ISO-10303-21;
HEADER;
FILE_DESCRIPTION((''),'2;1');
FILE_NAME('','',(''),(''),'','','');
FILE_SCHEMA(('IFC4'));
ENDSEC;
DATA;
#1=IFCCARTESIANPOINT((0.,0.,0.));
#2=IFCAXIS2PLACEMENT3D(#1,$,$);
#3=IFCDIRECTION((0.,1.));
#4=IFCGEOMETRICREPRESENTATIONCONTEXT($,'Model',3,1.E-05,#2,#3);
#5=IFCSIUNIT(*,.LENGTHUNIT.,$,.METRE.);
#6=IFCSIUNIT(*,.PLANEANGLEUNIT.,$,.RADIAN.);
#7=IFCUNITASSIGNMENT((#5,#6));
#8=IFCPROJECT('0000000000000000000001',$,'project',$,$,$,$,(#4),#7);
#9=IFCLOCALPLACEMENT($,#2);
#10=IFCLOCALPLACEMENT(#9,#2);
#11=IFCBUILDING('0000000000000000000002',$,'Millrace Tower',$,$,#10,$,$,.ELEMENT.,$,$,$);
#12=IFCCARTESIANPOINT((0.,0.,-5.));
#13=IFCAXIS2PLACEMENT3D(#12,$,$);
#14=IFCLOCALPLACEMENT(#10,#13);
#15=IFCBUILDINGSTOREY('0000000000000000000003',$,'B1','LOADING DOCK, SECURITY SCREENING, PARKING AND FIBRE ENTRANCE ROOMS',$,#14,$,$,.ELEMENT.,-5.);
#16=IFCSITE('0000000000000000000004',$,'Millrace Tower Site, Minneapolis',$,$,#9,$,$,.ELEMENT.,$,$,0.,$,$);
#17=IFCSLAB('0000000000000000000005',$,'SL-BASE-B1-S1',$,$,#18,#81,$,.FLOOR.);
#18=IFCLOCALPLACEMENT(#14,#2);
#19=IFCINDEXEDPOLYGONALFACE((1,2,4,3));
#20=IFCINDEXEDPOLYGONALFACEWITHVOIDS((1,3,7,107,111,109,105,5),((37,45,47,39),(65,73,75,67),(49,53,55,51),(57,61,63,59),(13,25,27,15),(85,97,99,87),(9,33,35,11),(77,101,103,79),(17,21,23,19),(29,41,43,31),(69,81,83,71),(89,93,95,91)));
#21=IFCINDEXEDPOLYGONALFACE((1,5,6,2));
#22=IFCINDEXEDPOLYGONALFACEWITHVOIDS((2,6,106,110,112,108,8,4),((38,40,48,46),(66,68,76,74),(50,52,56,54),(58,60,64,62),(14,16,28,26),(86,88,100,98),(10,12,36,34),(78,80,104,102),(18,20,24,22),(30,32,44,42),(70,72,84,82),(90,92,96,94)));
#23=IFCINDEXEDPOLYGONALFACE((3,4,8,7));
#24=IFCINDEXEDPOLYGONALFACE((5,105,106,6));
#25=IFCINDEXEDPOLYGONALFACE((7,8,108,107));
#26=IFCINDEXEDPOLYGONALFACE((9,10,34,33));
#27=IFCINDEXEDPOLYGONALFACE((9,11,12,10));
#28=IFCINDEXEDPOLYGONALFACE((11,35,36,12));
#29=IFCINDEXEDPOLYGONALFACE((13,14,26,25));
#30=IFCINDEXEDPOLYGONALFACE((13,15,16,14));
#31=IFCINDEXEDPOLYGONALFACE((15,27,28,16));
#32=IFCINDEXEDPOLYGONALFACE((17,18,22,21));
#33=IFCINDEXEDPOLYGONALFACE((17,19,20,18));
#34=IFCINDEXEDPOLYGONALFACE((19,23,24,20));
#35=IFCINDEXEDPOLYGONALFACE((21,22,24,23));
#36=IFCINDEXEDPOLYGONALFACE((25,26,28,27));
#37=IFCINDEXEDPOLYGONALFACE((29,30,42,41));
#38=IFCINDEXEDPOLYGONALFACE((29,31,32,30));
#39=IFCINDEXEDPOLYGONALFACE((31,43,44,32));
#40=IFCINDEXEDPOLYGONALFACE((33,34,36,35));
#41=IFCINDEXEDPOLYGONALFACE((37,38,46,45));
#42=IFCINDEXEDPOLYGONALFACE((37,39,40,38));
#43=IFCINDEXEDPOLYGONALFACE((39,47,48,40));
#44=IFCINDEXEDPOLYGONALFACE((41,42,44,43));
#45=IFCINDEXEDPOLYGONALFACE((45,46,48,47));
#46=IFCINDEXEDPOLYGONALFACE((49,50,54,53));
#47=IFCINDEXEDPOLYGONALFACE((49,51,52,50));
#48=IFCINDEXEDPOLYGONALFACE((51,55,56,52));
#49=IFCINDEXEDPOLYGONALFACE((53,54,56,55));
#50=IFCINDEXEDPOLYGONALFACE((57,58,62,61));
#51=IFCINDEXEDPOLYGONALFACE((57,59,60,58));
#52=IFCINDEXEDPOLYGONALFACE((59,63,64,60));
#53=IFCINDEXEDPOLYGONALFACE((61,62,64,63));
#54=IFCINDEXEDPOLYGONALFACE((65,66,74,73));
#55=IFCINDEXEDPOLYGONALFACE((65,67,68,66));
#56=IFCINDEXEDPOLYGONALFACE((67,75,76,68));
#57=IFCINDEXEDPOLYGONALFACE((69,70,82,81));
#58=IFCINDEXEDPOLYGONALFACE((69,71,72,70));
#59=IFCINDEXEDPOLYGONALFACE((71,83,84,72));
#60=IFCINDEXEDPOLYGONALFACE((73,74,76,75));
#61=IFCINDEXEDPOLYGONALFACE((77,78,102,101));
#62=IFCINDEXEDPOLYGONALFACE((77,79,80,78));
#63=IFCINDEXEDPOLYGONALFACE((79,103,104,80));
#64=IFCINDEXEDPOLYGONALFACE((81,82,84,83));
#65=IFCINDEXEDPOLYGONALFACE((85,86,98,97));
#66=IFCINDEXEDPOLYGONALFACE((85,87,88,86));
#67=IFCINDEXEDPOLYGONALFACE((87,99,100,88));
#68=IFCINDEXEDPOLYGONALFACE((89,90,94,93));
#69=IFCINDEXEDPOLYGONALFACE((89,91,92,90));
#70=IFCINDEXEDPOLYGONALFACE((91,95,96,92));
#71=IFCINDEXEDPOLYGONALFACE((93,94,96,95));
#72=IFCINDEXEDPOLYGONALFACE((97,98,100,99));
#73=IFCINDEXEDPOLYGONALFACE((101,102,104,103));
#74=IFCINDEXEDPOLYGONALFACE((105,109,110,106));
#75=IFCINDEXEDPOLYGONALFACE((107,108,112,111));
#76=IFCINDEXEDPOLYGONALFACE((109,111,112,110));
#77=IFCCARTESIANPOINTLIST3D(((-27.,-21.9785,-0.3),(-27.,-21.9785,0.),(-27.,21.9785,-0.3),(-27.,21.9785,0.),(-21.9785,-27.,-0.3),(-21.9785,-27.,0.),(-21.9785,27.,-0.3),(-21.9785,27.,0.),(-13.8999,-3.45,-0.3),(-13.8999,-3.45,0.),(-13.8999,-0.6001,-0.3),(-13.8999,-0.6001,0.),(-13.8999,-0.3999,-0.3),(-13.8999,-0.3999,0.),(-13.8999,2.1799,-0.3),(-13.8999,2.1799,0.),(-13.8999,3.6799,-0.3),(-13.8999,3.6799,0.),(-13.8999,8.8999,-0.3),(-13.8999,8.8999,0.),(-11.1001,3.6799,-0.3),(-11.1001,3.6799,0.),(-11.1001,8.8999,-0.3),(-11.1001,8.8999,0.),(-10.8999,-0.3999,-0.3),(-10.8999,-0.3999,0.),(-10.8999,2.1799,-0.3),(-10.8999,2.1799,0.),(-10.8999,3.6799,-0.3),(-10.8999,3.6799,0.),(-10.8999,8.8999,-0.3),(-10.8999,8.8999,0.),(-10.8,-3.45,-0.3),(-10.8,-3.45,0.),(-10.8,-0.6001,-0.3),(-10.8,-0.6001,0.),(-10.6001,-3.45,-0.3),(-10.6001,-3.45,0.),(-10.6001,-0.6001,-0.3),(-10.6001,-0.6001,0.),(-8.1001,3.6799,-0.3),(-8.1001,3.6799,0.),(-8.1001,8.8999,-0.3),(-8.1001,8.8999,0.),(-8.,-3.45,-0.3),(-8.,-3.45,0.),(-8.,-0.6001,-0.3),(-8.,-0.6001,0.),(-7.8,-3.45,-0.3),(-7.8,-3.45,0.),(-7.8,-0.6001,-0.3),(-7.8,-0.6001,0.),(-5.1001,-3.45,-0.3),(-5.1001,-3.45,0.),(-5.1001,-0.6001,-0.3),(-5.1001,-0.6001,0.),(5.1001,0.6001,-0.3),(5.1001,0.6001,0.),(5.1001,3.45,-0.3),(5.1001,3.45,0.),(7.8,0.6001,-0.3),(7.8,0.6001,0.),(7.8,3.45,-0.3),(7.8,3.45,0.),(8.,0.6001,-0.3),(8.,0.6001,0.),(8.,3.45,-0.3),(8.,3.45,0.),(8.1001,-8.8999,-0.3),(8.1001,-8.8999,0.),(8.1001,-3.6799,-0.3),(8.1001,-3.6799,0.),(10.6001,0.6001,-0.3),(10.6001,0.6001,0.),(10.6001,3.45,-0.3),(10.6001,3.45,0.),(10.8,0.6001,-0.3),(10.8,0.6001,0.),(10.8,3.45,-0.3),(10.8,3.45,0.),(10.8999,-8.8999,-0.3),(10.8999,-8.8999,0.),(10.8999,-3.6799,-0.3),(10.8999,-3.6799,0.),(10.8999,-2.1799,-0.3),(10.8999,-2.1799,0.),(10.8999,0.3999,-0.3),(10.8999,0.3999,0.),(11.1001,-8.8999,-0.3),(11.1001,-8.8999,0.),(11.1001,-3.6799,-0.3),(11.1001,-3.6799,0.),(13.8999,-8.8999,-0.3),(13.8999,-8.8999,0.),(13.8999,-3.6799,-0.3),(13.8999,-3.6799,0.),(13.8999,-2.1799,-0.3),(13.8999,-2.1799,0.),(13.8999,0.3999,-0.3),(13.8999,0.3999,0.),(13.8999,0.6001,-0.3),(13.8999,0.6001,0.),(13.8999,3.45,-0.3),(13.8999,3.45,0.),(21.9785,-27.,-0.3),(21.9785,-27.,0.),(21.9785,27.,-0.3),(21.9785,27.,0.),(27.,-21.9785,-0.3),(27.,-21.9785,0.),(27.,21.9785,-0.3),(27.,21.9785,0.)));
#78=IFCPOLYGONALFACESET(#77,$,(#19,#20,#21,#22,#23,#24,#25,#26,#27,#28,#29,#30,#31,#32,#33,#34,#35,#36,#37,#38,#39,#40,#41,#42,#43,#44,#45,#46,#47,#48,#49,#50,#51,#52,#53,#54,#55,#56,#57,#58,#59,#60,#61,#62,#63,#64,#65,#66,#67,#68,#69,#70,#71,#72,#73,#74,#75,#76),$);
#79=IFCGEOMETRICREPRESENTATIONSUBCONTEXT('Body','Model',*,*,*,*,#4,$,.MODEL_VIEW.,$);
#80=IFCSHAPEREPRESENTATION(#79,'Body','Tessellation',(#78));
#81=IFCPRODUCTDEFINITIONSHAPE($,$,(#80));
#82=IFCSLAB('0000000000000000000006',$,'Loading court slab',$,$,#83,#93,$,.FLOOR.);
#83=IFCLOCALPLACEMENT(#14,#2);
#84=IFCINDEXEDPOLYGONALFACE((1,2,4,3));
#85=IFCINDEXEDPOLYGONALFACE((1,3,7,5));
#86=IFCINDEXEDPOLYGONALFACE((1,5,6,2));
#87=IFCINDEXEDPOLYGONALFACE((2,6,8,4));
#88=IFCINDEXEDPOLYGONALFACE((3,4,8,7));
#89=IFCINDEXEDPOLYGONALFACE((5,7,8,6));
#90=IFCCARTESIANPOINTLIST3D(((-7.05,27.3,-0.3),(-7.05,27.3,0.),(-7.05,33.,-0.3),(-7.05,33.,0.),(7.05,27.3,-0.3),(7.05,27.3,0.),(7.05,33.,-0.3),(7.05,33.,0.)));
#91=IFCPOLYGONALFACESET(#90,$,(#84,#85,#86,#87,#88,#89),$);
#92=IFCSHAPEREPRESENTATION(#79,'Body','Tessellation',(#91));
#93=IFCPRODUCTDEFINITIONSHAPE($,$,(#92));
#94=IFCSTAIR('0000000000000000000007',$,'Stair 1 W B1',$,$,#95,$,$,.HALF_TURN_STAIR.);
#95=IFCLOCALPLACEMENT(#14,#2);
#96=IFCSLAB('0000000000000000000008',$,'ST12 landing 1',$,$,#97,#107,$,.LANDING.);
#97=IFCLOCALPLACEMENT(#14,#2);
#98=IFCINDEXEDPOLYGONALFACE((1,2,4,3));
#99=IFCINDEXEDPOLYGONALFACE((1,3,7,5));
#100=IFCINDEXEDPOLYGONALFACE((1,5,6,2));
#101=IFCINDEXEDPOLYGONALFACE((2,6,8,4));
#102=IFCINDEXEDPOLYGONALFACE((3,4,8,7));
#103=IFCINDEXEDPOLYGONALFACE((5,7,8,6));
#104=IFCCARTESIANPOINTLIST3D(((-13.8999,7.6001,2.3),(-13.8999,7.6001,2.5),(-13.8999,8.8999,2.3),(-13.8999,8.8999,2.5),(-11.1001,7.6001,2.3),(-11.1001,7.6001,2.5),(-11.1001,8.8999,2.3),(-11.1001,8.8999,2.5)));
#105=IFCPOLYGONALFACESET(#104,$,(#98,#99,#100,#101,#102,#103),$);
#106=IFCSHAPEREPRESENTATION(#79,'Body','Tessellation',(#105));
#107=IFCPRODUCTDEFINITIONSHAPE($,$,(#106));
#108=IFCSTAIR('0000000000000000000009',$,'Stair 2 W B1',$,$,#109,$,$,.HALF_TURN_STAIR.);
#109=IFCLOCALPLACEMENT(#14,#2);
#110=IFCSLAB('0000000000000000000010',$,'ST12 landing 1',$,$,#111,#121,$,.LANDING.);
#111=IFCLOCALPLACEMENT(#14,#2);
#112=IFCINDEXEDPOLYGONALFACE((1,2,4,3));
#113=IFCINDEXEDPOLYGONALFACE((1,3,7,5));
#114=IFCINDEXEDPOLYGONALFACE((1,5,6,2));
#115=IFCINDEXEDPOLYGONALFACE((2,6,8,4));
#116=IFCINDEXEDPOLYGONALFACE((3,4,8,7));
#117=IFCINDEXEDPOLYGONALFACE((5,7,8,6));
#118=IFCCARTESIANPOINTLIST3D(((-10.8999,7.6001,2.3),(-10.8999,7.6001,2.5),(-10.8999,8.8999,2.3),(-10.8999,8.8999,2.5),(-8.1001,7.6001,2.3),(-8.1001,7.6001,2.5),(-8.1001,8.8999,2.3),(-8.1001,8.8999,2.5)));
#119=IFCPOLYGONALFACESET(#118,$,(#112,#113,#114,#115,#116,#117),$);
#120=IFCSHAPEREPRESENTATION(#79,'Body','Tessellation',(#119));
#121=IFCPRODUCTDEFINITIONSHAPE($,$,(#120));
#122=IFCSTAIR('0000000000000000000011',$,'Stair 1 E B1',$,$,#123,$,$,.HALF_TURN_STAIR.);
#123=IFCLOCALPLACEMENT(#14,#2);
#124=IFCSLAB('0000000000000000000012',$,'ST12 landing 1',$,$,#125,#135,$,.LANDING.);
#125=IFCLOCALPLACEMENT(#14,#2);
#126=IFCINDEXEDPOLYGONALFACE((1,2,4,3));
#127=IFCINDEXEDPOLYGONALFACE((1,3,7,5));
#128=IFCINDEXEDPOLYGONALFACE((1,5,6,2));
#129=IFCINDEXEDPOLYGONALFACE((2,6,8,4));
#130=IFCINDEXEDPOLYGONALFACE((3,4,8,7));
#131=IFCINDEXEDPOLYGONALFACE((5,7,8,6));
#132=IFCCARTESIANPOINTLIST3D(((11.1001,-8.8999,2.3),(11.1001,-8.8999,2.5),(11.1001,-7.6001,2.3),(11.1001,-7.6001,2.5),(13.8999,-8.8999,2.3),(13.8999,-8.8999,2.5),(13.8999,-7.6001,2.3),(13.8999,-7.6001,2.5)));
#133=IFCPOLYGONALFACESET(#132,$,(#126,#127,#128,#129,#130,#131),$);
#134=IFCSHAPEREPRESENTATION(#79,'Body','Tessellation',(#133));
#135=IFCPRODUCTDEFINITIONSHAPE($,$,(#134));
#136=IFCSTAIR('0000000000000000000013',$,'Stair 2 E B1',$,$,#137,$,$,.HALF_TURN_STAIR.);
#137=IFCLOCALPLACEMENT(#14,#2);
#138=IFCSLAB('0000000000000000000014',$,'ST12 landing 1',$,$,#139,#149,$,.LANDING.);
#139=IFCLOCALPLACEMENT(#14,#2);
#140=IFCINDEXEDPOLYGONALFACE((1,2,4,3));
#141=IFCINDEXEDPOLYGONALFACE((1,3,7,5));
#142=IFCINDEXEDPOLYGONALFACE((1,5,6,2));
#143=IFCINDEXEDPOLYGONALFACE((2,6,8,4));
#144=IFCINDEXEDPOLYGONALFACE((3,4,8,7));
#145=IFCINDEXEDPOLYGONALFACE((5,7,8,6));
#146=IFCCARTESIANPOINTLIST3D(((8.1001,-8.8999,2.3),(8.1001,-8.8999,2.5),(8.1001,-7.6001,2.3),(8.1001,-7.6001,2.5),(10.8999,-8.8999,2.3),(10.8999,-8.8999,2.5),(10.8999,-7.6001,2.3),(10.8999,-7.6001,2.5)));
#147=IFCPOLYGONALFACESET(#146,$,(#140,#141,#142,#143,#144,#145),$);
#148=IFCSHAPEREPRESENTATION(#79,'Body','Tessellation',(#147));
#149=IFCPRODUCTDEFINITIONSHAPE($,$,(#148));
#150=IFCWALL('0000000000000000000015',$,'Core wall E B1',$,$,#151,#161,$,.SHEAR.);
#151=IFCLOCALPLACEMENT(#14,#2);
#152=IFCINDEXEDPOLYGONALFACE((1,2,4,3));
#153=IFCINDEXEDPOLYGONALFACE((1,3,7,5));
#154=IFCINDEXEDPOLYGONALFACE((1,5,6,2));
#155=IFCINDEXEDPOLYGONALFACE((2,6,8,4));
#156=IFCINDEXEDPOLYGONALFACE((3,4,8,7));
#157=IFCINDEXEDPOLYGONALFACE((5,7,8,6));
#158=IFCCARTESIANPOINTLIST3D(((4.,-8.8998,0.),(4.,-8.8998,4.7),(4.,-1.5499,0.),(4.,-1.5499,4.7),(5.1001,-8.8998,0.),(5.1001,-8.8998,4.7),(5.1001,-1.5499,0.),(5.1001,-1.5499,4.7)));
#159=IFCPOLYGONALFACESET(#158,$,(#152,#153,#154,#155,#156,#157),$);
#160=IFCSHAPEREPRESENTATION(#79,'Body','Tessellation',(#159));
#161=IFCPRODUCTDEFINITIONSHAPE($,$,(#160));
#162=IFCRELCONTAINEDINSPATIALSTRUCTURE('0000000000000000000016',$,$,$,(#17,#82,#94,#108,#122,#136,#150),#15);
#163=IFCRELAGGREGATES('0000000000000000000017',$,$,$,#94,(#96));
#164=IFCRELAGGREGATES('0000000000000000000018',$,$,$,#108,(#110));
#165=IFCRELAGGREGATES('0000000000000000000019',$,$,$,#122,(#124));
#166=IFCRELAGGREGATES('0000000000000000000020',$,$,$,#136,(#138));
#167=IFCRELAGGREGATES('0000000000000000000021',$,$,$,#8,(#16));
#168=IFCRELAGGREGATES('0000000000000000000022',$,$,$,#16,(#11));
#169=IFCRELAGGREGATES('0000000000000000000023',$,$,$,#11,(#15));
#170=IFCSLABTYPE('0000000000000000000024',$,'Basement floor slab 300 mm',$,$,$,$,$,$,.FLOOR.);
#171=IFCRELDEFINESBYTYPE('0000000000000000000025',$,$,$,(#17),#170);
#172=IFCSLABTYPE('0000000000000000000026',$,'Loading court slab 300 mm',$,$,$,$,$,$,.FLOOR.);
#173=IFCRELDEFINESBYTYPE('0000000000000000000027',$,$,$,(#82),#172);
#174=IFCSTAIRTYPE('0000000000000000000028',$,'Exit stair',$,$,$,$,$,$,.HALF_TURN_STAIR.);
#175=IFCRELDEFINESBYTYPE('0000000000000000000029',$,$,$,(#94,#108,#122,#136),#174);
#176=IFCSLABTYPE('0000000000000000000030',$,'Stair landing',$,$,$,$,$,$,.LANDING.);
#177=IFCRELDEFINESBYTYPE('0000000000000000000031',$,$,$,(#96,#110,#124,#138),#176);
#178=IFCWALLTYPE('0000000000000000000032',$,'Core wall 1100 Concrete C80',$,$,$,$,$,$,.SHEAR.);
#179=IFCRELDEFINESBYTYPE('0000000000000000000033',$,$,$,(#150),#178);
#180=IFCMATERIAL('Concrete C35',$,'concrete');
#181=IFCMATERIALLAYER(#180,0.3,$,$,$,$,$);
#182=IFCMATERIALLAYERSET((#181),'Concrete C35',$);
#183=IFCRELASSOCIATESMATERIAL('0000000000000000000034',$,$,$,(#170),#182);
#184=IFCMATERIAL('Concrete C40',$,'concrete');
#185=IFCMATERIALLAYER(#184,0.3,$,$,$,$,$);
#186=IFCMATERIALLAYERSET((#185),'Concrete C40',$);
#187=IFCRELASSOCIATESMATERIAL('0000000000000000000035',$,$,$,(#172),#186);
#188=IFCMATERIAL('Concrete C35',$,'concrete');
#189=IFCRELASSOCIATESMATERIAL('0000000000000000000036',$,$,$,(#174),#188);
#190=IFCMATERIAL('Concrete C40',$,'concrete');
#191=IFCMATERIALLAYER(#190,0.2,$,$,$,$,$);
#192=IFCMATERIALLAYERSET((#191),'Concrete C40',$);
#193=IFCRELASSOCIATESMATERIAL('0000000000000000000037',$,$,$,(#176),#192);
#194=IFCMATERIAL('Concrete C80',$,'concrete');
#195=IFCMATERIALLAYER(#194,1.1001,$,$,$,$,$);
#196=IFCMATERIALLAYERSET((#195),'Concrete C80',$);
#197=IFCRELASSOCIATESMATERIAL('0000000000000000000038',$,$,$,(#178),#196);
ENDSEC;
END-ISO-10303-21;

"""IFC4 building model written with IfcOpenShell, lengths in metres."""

from ifc_helpers import new_model, si_unit, direction, frame, frame_2d, origin, place, context, subcontext, project, spatial, polyline, rectangle, outline, extrude, material, layer, layer_set, type_object, element, aggregate, save


model = new_model("IFC4")

# Units and contexts
model_context = context("Model", 3, precision=1e-05, world=origin(), true_north=direction((0.0, 1.0)))
body_context = subcontext(model_context, "Body", "Model", "MODEL_VIEW")
ifc_project = project(units=[si_unit("LENGTHUNIT", "METRE"), si_unit("PLANEANGLEUNIT", "RADIAN")], contexts=[model_context])

# Site, building, storey
site_placement = place(None, origin())
site = spatial("IfcSite", under=ifc_project, at=site_placement, Name="Millrace Tower Site, Minneapolis", CompositionType="ELEMENT", RefElevation=0.0)
building_placement = place(site_placement, origin())
building = spatial("IfcBuilding", under=site, at=building_placement, Name="Millrace Tower", CompositionType="ELEMENT")
storey_placement = place(building_placement, frame((0.0, 0.0, -5.0)))
storey = spatial("IfcBuildingStorey", under=building, at=storey_placement, Name="B1", Description="LOADING DOCK, SECURITY SCREENING, PARKING AND FIBRE ENTRANCE ROOMS", CompositionType="ELEMENT", Elevation=-5.0)

# Slabs
ifc_material_1 = material(Name="Concrete C35", Category="concrete")
ifc_layer_1 = layer(ifc_material_1, 0.3)
ifc_layer_set_1 = layer_set([ifc_layer_1], Name="Concrete C35")
slab_type_1 = type_object("IfcSlabType", Name="Basement floor slab 300 mm", PredefinedType="FLOOR", material=ifc_layer_set_1)
placement_1 = place(storey_placement, frame((0.0, 0.0, -0.3)))
element("IfcSlab", 1, at=placement_1, inside=storey, type_object=slab_type_1, Name="SL-BASE-B1-S1", PredefinedType="FLOOR", context=body_context, shape_type="SweptSolid", body=[
    extrude(outline(polyline([(-27.0, -21.9785), (-21.9785, -27.0), (21.9785, -27.0), (27.0, -21.9785), (27.0, 21.9785), (21.9785, 27.0), (-21.9785, 27.0), (-27.0, 21.9785), (-27.0, -21.9785)]), holes=[polyline([(-13.8999, -3.45), (-10.8, -3.45), (-10.8, -0.6001), (-13.8999, -0.6001), (-13.8999, -3.45)]), polyline([(-10.6001, -3.45), (-8.0, -3.45), (-8.0, -0.6001), (-10.6001, -0.6001), (-10.6001, -3.45)]), polyline([(-7.8, -3.45), (-5.1001, -3.45), (-5.1001, -0.6001), (-7.8, -0.6001), (-7.8, -3.45)]), polyline([(-13.8999, -0.3999), (-10.8999, -0.3999), (-10.8999, 2.1799), (-13.8999, 2.1799), (-13.8999, -0.3999)]), polyline([(-13.8999, 3.6799), (-11.1001, 3.6799), (-11.1001, 8.8999), (-13.8999, 8.8999), (-13.8999, 3.6799)]), polyline([(-10.8999, 3.6799), (-8.1001, 3.6799), (-8.1001, 8.8999), (-10.8999, 8.8999), (-10.8999, 3.6799)]), polyline([(10.8, 0.6001), (13.8999, 0.6001), (13.8999, 3.45), (10.8, 3.45), (10.8, 0.6001)]), polyline([(8.0, 0.6001), (10.6001, 0.6001), (10.6001, 3.45), (8.0, 3.45), (8.0, 0.6001)]), polyline([(5.1001, 0.6001), (7.8, 0.6001), (7.8, 3.45), (5.1001, 3.45), (5.1001, 0.6001)]), polyline([(10.8999, -2.1799), (13.8999, -2.1799), (13.8999, 0.3999), (10.8999, 0.3999), (10.8999, -2.1799)]), polyline([(11.1001, -8.8999), (13.8999, -8.8999), (13.8999, -3.6799), (11.1001, -3.6799), (11.1001, -8.8999)]), polyline([(8.1001, -8.8999), (10.8999, -8.8999), (10.8999, -3.6799), (8.1001, -3.6799), (8.1001, -8.8999)])]), origin(), (0.0, 0.0, 1.0), 0.3),
])
ifc_material_2 = material(Name="Concrete C40", Category="concrete")
ifc_layer_2 = layer(ifc_material_2, 0.3)
ifc_layer_set_2 = layer_set([ifc_layer_2], Name="Concrete C40")
slab_type_2 = type_object("IfcSlabType", Name="Loading court slab 300 mm", PredefinedType="FLOOR", material=ifc_layer_set_2)
element("IfcSlab", 2, at=placement_1, inside=storey, type_object=slab_type_2, Name="Loading court slab", PredefinedType="FLOOR", context=body_context, shape_type="SweptSolid", body=[
    extrude(outline(polyline([(-7.05, 27.3), (7.05, 27.3), (7.05, 33.0), (-7.05, 33.0), (-7.05, 27.3)])), origin(), (0.0, 0.0, 1.0), 0.3),
])

# Stairs, slabs
ifc_material_3 = material(Name="Concrete C35", Category="concrete")
stair_type = type_object("IfcStairType", Name="Exit stair", PredefinedType="HALF_TURN_STAIR", material=ifc_material_3)
placement_2 = place(storey_placement, origin())
stair_1 = element("IfcStair", 3, at=placement_2, inside=storey, type_object=stair_type, Name="Stair 1 W B1", PredefinedType="HALF_TURN_STAIR")
ifc_material_4 = material(Name="Concrete C40", Category="concrete")
ifc_layer_3 = layer(ifc_material_4, 0.2)
ifc_layer_set_3 = layer_set([ifc_layer_3], Name="Concrete C40")
slab_type_3 = type_object("IfcSlabType", Name="Stair landing", PredefinedType="LANDING", material=ifc_layer_set_3)
placement_3 = place(storey_placement, frame((0.0, 0.0, 2.3)))
slab_1 = element("IfcSlab", 4, at=placement_3, type_object=slab_type_3, Name="ST12 landing 1", PredefinedType="LANDING", context=body_context, shape_type="SweptSolid", body=[
    extrude(outline(polyline([(-13.8999, 7.6001), (-11.1001, 7.6001), (-11.1001, 8.8999), (-13.8999, 8.8999), (-13.8999, 7.6001)])), origin(), (0.0, 0.0, 1.0), 0.2),
])
aggregate(stair_1, [slab_1])
stair_2 = element("IfcStair", 5, at=placement_2, inside=storey, type_object=stair_type, Name="Stair 2 W B1", PredefinedType="HALF_TURN_STAIR")
slab_2 = element("IfcSlab", 6, at=placement_3, type_object=slab_type_3, Name="ST12 landing 1", PredefinedType="LANDING", context=body_context, shape_type="SweptSolid", body=[
    extrude(outline(polyline([(-10.8999, 7.6001), (-8.1001, 7.6001), (-8.1001, 8.8999), (-10.8999, 8.8999), (-10.8999, 7.6001)])), origin(), (0.0, 0.0, 1.0), 0.2),
])
aggregate(stair_2, [slab_2])
stair_3 = element("IfcStair", 7, at=placement_2, inside=storey, type_object=stair_type, Name="Stair 1 E B1", PredefinedType="HALF_TURN_STAIR")
slab_3 = element("IfcSlab", 8, at=placement_3, type_object=slab_type_3, Name="ST12 landing 1", PredefinedType="LANDING", context=body_context, shape_type="SweptSolid", body=[
    extrude(outline(polyline([(11.1001, -8.8999), (13.8999, -8.8999), (13.8999, -7.6001), (11.1001, -7.6001), (11.1001, -8.8999)])), origin(), (0.0, 0.0, 1.0), 0.2),
])
stair_4 = element("IfcStair", 9, at=placement_2, inside=storey, type_object=stair_type, Name="Stair 2 E B1", PredefinedType="HALF_TURN_STAIR")
slab_4 = element("IfcSlab", 10, at=placement_3, type_object=slab_type_3, Name="ST12 landing 1", PredefinedType="LANDING", context=body_context, shape_type="SweptSolid", body=[
    extrude(outline(polyline([(8.1001, -8.8999), (10.8999, -8.8999), (10.8999, -7.6001), (8.1001, -7.6001), (8.1001, -8.8999)])), origin(), (0.0, 0.0, 1.0), 0.2),
])

# Wall
ifc_material_5 = material(Name="Concrete C80", Category="concrete")
ifc_layer_4 = layer(ifc_material_5, 1.1001)
ifc_layer_set_4 = layer_set([ifc_layer_4], Name="Concrete C80")
wall_type_1 = type_object("IfcWallType", Name="Core wall 1100 Concrete C80", PredefinedType="SHEAR", material=ifc_layer_set_4)
wall_1_placement = place(storey_placement, frame((4.55, -1.55, 0.0), z_axis=(0.0, 0.0, 1.0), x_axis=(0.0, -1.0, 0.0)))
element("IfcWall", 11, at=wall_1_placement, inside=storey, type_object=wall_type_1, Name="Core wall E B1", PredefinedType="SHEAR", context=body_context, shape_type="SweptSolid", body=[
    extrude(rectangle(XDim=7.3499, YDim=1.1001, at=frame_2d((3.6748, 0.0))), origin(), (0.0, 0.0, 1.0), 4.7),
])

aggregate(stair_3, [slab_3])
aggregate(stair_4, [slab_4])

save(model, "model.ifc")
